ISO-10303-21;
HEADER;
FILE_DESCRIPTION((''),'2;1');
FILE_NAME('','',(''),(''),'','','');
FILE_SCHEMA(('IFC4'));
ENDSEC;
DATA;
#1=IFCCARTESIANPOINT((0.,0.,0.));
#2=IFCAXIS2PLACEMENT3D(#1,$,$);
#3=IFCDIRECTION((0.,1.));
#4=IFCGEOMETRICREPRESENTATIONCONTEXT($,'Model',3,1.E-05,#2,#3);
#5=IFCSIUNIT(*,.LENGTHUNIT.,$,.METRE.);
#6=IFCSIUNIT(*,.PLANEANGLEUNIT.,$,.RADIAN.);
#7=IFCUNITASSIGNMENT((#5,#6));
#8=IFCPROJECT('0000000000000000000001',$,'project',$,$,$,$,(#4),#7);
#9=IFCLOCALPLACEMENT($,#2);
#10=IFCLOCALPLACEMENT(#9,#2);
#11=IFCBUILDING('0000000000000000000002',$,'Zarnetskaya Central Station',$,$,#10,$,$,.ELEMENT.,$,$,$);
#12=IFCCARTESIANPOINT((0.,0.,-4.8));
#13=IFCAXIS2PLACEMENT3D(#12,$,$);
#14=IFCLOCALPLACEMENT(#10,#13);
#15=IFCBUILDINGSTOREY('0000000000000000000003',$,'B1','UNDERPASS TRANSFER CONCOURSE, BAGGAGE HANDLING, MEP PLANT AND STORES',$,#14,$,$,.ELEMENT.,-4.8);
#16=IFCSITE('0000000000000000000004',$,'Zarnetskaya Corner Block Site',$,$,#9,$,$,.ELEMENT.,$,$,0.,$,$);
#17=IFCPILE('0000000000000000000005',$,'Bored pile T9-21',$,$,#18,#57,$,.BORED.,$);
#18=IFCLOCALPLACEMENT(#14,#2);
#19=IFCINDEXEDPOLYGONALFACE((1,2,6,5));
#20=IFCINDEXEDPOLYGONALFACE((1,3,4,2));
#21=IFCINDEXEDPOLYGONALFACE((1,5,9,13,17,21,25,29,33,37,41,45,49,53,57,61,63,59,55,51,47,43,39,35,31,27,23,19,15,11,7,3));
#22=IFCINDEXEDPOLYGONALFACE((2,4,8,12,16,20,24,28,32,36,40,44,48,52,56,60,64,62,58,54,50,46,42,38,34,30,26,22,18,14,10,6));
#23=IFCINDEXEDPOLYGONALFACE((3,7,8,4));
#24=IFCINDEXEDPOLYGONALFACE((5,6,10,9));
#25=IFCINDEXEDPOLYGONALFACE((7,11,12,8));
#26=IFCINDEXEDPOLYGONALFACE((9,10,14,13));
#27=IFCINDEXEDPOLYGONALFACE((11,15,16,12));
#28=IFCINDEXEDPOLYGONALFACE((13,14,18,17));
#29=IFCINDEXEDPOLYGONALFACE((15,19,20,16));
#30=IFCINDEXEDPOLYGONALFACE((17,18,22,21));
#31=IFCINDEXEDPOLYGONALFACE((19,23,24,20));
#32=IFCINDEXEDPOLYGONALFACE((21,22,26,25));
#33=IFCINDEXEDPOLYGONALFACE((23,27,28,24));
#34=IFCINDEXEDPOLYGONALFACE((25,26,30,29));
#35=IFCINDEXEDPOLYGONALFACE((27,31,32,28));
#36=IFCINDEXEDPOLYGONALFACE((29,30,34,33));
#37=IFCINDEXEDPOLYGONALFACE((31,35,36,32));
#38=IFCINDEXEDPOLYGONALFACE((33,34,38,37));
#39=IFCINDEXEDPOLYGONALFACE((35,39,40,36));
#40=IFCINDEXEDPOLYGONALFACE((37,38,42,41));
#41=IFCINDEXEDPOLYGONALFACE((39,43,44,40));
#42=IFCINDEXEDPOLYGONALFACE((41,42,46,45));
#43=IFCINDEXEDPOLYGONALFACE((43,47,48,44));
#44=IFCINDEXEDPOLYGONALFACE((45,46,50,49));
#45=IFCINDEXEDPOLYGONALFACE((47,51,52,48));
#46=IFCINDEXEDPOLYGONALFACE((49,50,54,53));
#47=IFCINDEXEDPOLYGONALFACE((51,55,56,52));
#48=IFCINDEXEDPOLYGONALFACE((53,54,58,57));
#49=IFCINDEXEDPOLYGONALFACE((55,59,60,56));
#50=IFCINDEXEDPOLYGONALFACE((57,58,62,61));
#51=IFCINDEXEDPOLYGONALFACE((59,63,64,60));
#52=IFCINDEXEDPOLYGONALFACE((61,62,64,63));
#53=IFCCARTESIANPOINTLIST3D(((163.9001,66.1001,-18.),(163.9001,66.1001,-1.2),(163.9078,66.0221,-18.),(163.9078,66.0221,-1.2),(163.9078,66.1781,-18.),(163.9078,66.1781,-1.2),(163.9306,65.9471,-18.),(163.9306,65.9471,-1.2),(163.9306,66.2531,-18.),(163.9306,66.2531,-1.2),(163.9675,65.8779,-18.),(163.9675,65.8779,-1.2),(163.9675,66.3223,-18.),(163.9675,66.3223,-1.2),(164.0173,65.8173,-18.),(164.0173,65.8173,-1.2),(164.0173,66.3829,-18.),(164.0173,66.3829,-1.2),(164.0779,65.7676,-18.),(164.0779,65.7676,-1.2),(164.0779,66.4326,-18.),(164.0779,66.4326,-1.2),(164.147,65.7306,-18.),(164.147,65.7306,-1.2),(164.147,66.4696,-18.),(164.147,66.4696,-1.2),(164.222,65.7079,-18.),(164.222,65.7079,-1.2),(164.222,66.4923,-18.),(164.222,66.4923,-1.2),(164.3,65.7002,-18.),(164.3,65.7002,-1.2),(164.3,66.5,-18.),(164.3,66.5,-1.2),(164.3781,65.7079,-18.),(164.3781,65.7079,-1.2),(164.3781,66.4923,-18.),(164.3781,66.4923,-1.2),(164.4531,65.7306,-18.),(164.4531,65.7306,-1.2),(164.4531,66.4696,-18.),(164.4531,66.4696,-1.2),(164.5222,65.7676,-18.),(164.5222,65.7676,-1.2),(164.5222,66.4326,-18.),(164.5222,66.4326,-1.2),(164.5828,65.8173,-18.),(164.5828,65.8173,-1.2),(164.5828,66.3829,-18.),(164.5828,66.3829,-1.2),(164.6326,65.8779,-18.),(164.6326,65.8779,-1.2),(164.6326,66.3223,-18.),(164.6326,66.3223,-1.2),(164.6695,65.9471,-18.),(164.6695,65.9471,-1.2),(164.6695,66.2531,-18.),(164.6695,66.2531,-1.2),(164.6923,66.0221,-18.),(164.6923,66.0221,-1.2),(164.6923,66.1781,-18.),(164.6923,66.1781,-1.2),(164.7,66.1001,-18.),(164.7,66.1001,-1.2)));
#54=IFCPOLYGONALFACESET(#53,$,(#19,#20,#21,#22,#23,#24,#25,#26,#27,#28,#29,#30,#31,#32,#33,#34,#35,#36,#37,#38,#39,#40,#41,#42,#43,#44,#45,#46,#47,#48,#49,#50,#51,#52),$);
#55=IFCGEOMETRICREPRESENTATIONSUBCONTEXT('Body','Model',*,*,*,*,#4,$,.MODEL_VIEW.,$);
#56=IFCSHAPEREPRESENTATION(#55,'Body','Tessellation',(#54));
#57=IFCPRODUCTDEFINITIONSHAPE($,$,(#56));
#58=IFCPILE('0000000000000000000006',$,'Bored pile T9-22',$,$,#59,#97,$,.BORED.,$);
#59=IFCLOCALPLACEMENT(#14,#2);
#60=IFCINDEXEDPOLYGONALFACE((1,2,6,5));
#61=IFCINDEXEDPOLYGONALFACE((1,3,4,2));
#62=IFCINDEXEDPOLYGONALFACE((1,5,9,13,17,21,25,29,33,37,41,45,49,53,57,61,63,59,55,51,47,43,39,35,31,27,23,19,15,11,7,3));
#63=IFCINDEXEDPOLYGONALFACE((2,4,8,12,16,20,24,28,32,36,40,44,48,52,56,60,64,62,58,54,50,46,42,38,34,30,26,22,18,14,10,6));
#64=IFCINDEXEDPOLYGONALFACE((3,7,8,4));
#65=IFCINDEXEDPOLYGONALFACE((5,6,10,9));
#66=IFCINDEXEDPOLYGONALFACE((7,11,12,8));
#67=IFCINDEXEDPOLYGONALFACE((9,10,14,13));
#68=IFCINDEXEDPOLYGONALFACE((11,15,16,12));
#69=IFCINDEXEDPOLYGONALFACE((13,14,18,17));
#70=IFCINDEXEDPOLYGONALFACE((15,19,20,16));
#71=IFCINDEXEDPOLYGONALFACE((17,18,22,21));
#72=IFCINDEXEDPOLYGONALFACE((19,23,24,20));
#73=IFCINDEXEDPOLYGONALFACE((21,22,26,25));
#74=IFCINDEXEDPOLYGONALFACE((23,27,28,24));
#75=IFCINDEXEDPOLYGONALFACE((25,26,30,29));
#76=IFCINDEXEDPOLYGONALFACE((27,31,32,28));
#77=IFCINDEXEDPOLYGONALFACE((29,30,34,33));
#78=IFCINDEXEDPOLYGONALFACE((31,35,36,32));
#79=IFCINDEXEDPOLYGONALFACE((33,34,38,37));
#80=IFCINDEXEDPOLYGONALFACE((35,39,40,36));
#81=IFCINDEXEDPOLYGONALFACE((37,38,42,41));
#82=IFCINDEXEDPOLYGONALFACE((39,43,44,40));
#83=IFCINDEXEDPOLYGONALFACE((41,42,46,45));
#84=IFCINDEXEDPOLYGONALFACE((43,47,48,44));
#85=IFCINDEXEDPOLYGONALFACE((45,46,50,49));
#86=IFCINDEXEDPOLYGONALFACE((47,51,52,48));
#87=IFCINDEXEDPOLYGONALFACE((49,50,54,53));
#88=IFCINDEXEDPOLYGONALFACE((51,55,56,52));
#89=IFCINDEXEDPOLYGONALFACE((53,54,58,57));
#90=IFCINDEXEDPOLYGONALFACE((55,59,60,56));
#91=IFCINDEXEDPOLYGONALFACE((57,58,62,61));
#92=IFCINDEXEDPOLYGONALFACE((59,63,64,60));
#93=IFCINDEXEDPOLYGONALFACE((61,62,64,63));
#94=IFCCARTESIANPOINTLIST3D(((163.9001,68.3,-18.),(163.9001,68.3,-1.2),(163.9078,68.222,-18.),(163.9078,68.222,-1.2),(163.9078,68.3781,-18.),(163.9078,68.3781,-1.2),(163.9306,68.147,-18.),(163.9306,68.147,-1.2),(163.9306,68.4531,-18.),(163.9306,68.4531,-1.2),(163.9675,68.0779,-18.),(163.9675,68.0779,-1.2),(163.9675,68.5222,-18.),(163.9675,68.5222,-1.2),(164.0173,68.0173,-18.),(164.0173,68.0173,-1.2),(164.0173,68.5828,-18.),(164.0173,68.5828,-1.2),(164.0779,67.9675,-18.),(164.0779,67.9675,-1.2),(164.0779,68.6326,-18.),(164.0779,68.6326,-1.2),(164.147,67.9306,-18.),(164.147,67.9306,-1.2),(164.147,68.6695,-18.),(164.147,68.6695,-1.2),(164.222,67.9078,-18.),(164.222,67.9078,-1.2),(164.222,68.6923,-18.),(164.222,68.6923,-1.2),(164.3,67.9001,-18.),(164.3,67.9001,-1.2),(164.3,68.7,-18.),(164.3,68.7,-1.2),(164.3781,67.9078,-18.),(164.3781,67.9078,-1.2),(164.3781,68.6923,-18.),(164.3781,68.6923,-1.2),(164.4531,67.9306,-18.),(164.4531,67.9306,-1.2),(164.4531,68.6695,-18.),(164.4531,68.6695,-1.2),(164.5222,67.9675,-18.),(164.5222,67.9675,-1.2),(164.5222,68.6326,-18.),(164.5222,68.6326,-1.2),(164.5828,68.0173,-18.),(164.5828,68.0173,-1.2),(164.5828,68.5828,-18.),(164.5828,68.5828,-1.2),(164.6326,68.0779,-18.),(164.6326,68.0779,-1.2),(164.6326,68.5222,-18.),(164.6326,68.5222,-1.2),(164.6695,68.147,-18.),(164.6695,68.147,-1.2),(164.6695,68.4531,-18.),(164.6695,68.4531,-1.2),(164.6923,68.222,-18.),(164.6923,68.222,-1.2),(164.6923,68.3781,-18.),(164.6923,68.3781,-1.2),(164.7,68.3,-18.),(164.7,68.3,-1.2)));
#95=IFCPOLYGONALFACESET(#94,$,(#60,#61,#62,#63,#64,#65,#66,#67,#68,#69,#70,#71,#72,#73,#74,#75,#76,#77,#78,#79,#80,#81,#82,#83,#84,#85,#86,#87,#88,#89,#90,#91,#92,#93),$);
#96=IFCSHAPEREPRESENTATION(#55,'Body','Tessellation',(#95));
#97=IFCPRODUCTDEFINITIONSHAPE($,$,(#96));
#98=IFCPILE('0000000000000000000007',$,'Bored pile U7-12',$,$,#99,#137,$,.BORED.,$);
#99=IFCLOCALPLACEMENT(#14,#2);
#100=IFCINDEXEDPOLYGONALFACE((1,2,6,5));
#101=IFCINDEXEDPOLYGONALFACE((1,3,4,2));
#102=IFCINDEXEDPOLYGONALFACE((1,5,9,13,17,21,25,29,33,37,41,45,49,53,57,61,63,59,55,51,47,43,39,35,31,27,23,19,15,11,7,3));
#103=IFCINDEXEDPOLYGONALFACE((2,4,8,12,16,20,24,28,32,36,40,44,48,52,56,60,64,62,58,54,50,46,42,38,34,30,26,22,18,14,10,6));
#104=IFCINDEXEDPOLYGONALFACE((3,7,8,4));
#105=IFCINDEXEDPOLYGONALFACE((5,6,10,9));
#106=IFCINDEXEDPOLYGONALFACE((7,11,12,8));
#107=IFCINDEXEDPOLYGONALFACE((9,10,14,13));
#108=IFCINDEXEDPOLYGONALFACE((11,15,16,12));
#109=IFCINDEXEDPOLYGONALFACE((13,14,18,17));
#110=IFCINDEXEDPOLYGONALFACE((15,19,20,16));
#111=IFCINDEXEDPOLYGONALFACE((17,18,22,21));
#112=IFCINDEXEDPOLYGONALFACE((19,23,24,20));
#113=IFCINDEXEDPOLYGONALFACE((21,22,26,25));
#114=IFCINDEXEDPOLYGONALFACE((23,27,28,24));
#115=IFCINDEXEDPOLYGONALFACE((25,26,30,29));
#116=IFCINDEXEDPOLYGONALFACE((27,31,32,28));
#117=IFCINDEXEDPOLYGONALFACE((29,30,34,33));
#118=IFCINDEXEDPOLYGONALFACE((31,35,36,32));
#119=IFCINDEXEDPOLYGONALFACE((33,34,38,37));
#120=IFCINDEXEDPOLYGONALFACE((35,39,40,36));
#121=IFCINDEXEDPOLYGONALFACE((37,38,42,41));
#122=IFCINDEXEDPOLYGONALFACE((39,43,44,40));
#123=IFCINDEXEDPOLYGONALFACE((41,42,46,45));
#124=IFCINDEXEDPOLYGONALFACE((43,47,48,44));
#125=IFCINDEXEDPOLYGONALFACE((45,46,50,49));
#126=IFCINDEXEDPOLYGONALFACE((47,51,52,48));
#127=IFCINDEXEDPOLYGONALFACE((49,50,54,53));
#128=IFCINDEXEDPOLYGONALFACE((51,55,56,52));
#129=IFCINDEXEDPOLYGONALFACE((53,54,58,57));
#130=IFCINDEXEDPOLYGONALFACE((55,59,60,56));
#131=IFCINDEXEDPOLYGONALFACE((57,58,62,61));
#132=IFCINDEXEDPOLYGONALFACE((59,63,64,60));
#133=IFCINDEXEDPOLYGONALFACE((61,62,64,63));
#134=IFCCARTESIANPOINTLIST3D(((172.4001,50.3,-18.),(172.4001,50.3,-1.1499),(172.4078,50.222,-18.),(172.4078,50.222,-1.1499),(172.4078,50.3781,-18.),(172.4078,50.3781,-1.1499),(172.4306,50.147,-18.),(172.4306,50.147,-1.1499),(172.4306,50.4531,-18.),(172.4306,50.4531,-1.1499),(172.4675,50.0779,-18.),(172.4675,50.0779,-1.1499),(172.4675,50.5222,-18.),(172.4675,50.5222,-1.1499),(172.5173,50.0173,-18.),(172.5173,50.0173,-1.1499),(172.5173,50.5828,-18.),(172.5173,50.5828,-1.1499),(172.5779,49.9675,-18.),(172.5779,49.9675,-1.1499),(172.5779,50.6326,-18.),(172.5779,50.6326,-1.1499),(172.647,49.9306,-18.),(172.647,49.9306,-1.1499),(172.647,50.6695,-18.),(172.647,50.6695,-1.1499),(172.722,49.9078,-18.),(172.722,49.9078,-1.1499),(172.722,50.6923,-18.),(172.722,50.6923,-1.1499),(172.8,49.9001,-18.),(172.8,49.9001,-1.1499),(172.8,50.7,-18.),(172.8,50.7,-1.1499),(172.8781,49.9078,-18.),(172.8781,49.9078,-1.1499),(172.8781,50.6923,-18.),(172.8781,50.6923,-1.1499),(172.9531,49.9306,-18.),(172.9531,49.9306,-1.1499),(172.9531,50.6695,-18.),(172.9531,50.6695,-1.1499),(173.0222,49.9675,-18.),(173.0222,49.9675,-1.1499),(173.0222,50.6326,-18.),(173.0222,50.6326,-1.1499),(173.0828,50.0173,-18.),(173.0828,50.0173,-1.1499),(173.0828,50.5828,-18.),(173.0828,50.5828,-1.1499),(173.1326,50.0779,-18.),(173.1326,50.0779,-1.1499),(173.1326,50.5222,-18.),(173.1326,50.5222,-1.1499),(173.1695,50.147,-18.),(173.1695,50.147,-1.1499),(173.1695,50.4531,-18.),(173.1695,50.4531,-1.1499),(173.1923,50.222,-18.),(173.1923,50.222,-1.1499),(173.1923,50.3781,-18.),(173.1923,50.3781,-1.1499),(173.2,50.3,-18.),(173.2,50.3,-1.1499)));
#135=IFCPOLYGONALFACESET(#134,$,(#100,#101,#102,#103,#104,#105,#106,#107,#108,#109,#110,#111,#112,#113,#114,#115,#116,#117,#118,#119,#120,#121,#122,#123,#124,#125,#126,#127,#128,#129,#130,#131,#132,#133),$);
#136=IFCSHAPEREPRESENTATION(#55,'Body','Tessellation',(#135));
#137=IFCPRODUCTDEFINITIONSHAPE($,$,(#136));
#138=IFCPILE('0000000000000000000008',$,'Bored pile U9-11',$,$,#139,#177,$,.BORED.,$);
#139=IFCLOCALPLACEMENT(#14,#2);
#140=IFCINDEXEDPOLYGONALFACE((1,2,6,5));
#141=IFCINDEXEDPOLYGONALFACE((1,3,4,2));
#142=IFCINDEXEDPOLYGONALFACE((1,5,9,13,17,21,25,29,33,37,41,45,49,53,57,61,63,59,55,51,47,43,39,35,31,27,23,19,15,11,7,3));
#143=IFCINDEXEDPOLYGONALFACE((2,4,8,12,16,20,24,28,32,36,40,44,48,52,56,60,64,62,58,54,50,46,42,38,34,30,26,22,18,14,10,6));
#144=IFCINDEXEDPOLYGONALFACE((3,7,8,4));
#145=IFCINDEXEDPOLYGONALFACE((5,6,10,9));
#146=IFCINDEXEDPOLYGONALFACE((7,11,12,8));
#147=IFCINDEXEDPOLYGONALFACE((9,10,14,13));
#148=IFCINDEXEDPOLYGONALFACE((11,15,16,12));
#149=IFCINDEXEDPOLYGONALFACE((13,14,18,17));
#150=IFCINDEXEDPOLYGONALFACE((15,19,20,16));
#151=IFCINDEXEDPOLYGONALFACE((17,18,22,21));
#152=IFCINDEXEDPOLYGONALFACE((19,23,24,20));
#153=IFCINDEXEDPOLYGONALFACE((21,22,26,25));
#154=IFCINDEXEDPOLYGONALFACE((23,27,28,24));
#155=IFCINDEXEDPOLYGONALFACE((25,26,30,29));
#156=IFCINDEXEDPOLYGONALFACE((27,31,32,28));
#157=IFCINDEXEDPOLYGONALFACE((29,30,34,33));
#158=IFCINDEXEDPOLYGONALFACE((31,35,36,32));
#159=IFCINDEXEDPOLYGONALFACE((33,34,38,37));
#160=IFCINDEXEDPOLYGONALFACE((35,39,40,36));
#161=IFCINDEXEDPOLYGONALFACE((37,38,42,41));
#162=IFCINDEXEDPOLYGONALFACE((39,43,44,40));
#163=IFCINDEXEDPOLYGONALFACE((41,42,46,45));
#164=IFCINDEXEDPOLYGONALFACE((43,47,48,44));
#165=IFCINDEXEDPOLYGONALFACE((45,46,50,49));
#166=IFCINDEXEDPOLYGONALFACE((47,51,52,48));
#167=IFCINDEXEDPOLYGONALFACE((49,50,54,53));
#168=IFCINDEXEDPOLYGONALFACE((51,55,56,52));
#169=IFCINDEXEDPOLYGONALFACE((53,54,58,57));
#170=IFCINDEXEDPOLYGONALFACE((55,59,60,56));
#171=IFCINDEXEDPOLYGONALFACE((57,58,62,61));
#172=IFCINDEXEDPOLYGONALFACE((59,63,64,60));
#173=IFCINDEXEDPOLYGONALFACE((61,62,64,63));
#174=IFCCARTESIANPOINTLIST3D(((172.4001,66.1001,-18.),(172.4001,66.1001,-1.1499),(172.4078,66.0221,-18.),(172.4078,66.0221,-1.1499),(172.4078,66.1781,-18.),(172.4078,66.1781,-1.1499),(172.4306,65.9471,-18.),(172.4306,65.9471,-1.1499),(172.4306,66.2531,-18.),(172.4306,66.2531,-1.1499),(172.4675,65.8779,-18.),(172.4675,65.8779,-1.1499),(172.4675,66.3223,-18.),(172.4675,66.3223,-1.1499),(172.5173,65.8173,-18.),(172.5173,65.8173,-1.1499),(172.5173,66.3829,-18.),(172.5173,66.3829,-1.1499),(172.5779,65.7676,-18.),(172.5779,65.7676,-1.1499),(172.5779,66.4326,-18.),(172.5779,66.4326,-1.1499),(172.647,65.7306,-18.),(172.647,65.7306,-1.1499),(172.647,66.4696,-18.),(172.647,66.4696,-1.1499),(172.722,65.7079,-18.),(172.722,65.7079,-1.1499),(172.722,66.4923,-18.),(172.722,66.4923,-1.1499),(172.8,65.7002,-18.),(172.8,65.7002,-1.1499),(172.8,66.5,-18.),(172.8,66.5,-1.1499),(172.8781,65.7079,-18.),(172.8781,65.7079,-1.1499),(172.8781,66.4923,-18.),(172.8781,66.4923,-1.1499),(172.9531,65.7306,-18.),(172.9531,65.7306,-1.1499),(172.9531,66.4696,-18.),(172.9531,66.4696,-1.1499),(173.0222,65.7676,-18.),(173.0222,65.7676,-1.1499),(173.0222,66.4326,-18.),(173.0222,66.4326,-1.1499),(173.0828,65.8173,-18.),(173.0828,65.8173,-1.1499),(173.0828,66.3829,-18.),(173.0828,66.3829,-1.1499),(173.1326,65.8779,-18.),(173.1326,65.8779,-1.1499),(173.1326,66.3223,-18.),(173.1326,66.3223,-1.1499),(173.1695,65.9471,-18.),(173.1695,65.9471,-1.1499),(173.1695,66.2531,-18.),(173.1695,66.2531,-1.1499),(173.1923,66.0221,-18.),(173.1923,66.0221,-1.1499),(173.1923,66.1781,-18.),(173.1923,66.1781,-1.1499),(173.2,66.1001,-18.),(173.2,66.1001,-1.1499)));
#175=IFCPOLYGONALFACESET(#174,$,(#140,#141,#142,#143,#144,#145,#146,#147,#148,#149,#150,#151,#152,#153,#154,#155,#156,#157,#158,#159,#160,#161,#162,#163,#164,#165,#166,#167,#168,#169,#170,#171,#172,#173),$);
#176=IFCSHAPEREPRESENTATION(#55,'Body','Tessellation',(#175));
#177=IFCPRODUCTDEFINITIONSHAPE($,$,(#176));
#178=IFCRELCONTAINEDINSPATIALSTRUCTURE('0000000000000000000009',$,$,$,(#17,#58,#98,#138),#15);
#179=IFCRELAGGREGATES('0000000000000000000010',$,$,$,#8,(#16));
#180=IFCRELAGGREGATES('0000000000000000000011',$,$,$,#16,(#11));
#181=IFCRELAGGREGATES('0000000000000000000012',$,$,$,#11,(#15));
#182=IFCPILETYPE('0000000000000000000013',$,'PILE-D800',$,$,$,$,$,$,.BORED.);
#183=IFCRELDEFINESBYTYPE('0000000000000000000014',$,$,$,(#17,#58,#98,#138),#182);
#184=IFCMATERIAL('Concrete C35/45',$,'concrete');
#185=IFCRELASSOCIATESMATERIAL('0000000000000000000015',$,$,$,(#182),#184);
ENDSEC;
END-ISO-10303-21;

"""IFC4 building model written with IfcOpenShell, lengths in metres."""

from ifc_helpers import new_model, si_unit, direction, frame, origin, origin_2d, place, context, subcontext, project, spatial, circle, extrude, material, material_profile, profile_set, type_object, element, save


model = new_model("IFC4")

# Units and contexts
model_context = context("Model", 3, precision=1e-05, world=origin(), true_north=direction((0.0, 1.0)))
body_context = subcontext(model_context, "Body", "Model", "MODEL_VIEW")
ifc_project = project(units=[si_unit("LENGTHUNIT", "METRE"), si_unit("PLANEANGLEUNIT", "RADIAN")], contexts=[model_context])

# Site, building, storey
site_placement = place(None, origin())
site = spatial("IfcSite", under=ifc_project, at=site_placement, Name="Zarnetskaya Corner Block Site", CompositionType="ELEMENT", RefElevation=0.0)
building_placement = place(site_placement, origin())
building = spatial("IfcBuilding", under=site, at=building_placement, Name="Zarnetskaya Central Station", CompositionType="ELEMENT")
storey_placement = place(building_placement, frame((0.0, 0.0, -4.8)))
storey = spatial("IfcBuildingStorey", under=building, at=storey_placement, Name="B1", Description="UNDERPASS TRANSFER CONCOURSE, BAGGAGE HANDLING, MEP PLANT AND STORES", CompositionType="ELEMENT", Elevation=-4.8)

# Shared definitions
ifc_material = material(Name="Concrete C35/45", Category="concrete")

# Piles
ifc_material_profile_1 = material_profile(ifc_material, circle(Radius=0.3999, at=origin_2d()), Name="BORED PILE D800")
ifc_profile_set_1 = profile_set([ifc_material_profile_1], Name="Concrete C35/45")
pile_type = type_object("IfcPileType", Name="PILE-D800", PredefinedType="BORED", material=ifc_profile_set_1)
for number, where, z_axis, x_axis, name in (
    (1, (164.3, 66.1001, -1.2), (0.0, 0.0, -1.0), (1.0, 0.0, 0.0), "Bored pile T9-21"),
    (2, (164.3, 68.3, -1.2), (0.0, 0.0, -1.0), (1.0, 0.0, 0.0), "Bored pile T9-22"),
):
    element("IfcPile", number, at=place(storey_placement, frame(where, z_axis=z_axis, x_axis=x_axis)), inside=storey, type_object=pile_type, Name=name, PredefinedType="BORED", context=body_context, shape_type="SweptSolid", body=[
        extrude(circle(Radius=0.3999, at=origin_2d()), origin(), (0.0, 0.0, 1.0), 16.8),
    ])
for number, where, z_axis, x_axis, name in (
    (3, (172.8, 50.3, -1.1499), (0.0, 0.0, -1.0), (1.0, 0.0, 0.0), "Bored pile U7-12"),
    (4, (172.8, 66.1001, -1.1499), (0.0, 0.0, -1.0), (1.0, 0.0, 0.0), "Bored pile U9-11"),
):
    element("IfcPile", number, at=place(storey_placement, frame(where, z_axis=z_axis, x_axis=x_axis)), inside=storey, type_object=pile_type, Name=name, PredefinedType="BORED", context=body_context, shape_type="SweptSolid", body=[
        extrude(circle(Radius=0.3999, at=origin_2d()), origin(), (0.0, 0.0, 1.0), 16.8501),
    ])

save(model, "model.ifc")
